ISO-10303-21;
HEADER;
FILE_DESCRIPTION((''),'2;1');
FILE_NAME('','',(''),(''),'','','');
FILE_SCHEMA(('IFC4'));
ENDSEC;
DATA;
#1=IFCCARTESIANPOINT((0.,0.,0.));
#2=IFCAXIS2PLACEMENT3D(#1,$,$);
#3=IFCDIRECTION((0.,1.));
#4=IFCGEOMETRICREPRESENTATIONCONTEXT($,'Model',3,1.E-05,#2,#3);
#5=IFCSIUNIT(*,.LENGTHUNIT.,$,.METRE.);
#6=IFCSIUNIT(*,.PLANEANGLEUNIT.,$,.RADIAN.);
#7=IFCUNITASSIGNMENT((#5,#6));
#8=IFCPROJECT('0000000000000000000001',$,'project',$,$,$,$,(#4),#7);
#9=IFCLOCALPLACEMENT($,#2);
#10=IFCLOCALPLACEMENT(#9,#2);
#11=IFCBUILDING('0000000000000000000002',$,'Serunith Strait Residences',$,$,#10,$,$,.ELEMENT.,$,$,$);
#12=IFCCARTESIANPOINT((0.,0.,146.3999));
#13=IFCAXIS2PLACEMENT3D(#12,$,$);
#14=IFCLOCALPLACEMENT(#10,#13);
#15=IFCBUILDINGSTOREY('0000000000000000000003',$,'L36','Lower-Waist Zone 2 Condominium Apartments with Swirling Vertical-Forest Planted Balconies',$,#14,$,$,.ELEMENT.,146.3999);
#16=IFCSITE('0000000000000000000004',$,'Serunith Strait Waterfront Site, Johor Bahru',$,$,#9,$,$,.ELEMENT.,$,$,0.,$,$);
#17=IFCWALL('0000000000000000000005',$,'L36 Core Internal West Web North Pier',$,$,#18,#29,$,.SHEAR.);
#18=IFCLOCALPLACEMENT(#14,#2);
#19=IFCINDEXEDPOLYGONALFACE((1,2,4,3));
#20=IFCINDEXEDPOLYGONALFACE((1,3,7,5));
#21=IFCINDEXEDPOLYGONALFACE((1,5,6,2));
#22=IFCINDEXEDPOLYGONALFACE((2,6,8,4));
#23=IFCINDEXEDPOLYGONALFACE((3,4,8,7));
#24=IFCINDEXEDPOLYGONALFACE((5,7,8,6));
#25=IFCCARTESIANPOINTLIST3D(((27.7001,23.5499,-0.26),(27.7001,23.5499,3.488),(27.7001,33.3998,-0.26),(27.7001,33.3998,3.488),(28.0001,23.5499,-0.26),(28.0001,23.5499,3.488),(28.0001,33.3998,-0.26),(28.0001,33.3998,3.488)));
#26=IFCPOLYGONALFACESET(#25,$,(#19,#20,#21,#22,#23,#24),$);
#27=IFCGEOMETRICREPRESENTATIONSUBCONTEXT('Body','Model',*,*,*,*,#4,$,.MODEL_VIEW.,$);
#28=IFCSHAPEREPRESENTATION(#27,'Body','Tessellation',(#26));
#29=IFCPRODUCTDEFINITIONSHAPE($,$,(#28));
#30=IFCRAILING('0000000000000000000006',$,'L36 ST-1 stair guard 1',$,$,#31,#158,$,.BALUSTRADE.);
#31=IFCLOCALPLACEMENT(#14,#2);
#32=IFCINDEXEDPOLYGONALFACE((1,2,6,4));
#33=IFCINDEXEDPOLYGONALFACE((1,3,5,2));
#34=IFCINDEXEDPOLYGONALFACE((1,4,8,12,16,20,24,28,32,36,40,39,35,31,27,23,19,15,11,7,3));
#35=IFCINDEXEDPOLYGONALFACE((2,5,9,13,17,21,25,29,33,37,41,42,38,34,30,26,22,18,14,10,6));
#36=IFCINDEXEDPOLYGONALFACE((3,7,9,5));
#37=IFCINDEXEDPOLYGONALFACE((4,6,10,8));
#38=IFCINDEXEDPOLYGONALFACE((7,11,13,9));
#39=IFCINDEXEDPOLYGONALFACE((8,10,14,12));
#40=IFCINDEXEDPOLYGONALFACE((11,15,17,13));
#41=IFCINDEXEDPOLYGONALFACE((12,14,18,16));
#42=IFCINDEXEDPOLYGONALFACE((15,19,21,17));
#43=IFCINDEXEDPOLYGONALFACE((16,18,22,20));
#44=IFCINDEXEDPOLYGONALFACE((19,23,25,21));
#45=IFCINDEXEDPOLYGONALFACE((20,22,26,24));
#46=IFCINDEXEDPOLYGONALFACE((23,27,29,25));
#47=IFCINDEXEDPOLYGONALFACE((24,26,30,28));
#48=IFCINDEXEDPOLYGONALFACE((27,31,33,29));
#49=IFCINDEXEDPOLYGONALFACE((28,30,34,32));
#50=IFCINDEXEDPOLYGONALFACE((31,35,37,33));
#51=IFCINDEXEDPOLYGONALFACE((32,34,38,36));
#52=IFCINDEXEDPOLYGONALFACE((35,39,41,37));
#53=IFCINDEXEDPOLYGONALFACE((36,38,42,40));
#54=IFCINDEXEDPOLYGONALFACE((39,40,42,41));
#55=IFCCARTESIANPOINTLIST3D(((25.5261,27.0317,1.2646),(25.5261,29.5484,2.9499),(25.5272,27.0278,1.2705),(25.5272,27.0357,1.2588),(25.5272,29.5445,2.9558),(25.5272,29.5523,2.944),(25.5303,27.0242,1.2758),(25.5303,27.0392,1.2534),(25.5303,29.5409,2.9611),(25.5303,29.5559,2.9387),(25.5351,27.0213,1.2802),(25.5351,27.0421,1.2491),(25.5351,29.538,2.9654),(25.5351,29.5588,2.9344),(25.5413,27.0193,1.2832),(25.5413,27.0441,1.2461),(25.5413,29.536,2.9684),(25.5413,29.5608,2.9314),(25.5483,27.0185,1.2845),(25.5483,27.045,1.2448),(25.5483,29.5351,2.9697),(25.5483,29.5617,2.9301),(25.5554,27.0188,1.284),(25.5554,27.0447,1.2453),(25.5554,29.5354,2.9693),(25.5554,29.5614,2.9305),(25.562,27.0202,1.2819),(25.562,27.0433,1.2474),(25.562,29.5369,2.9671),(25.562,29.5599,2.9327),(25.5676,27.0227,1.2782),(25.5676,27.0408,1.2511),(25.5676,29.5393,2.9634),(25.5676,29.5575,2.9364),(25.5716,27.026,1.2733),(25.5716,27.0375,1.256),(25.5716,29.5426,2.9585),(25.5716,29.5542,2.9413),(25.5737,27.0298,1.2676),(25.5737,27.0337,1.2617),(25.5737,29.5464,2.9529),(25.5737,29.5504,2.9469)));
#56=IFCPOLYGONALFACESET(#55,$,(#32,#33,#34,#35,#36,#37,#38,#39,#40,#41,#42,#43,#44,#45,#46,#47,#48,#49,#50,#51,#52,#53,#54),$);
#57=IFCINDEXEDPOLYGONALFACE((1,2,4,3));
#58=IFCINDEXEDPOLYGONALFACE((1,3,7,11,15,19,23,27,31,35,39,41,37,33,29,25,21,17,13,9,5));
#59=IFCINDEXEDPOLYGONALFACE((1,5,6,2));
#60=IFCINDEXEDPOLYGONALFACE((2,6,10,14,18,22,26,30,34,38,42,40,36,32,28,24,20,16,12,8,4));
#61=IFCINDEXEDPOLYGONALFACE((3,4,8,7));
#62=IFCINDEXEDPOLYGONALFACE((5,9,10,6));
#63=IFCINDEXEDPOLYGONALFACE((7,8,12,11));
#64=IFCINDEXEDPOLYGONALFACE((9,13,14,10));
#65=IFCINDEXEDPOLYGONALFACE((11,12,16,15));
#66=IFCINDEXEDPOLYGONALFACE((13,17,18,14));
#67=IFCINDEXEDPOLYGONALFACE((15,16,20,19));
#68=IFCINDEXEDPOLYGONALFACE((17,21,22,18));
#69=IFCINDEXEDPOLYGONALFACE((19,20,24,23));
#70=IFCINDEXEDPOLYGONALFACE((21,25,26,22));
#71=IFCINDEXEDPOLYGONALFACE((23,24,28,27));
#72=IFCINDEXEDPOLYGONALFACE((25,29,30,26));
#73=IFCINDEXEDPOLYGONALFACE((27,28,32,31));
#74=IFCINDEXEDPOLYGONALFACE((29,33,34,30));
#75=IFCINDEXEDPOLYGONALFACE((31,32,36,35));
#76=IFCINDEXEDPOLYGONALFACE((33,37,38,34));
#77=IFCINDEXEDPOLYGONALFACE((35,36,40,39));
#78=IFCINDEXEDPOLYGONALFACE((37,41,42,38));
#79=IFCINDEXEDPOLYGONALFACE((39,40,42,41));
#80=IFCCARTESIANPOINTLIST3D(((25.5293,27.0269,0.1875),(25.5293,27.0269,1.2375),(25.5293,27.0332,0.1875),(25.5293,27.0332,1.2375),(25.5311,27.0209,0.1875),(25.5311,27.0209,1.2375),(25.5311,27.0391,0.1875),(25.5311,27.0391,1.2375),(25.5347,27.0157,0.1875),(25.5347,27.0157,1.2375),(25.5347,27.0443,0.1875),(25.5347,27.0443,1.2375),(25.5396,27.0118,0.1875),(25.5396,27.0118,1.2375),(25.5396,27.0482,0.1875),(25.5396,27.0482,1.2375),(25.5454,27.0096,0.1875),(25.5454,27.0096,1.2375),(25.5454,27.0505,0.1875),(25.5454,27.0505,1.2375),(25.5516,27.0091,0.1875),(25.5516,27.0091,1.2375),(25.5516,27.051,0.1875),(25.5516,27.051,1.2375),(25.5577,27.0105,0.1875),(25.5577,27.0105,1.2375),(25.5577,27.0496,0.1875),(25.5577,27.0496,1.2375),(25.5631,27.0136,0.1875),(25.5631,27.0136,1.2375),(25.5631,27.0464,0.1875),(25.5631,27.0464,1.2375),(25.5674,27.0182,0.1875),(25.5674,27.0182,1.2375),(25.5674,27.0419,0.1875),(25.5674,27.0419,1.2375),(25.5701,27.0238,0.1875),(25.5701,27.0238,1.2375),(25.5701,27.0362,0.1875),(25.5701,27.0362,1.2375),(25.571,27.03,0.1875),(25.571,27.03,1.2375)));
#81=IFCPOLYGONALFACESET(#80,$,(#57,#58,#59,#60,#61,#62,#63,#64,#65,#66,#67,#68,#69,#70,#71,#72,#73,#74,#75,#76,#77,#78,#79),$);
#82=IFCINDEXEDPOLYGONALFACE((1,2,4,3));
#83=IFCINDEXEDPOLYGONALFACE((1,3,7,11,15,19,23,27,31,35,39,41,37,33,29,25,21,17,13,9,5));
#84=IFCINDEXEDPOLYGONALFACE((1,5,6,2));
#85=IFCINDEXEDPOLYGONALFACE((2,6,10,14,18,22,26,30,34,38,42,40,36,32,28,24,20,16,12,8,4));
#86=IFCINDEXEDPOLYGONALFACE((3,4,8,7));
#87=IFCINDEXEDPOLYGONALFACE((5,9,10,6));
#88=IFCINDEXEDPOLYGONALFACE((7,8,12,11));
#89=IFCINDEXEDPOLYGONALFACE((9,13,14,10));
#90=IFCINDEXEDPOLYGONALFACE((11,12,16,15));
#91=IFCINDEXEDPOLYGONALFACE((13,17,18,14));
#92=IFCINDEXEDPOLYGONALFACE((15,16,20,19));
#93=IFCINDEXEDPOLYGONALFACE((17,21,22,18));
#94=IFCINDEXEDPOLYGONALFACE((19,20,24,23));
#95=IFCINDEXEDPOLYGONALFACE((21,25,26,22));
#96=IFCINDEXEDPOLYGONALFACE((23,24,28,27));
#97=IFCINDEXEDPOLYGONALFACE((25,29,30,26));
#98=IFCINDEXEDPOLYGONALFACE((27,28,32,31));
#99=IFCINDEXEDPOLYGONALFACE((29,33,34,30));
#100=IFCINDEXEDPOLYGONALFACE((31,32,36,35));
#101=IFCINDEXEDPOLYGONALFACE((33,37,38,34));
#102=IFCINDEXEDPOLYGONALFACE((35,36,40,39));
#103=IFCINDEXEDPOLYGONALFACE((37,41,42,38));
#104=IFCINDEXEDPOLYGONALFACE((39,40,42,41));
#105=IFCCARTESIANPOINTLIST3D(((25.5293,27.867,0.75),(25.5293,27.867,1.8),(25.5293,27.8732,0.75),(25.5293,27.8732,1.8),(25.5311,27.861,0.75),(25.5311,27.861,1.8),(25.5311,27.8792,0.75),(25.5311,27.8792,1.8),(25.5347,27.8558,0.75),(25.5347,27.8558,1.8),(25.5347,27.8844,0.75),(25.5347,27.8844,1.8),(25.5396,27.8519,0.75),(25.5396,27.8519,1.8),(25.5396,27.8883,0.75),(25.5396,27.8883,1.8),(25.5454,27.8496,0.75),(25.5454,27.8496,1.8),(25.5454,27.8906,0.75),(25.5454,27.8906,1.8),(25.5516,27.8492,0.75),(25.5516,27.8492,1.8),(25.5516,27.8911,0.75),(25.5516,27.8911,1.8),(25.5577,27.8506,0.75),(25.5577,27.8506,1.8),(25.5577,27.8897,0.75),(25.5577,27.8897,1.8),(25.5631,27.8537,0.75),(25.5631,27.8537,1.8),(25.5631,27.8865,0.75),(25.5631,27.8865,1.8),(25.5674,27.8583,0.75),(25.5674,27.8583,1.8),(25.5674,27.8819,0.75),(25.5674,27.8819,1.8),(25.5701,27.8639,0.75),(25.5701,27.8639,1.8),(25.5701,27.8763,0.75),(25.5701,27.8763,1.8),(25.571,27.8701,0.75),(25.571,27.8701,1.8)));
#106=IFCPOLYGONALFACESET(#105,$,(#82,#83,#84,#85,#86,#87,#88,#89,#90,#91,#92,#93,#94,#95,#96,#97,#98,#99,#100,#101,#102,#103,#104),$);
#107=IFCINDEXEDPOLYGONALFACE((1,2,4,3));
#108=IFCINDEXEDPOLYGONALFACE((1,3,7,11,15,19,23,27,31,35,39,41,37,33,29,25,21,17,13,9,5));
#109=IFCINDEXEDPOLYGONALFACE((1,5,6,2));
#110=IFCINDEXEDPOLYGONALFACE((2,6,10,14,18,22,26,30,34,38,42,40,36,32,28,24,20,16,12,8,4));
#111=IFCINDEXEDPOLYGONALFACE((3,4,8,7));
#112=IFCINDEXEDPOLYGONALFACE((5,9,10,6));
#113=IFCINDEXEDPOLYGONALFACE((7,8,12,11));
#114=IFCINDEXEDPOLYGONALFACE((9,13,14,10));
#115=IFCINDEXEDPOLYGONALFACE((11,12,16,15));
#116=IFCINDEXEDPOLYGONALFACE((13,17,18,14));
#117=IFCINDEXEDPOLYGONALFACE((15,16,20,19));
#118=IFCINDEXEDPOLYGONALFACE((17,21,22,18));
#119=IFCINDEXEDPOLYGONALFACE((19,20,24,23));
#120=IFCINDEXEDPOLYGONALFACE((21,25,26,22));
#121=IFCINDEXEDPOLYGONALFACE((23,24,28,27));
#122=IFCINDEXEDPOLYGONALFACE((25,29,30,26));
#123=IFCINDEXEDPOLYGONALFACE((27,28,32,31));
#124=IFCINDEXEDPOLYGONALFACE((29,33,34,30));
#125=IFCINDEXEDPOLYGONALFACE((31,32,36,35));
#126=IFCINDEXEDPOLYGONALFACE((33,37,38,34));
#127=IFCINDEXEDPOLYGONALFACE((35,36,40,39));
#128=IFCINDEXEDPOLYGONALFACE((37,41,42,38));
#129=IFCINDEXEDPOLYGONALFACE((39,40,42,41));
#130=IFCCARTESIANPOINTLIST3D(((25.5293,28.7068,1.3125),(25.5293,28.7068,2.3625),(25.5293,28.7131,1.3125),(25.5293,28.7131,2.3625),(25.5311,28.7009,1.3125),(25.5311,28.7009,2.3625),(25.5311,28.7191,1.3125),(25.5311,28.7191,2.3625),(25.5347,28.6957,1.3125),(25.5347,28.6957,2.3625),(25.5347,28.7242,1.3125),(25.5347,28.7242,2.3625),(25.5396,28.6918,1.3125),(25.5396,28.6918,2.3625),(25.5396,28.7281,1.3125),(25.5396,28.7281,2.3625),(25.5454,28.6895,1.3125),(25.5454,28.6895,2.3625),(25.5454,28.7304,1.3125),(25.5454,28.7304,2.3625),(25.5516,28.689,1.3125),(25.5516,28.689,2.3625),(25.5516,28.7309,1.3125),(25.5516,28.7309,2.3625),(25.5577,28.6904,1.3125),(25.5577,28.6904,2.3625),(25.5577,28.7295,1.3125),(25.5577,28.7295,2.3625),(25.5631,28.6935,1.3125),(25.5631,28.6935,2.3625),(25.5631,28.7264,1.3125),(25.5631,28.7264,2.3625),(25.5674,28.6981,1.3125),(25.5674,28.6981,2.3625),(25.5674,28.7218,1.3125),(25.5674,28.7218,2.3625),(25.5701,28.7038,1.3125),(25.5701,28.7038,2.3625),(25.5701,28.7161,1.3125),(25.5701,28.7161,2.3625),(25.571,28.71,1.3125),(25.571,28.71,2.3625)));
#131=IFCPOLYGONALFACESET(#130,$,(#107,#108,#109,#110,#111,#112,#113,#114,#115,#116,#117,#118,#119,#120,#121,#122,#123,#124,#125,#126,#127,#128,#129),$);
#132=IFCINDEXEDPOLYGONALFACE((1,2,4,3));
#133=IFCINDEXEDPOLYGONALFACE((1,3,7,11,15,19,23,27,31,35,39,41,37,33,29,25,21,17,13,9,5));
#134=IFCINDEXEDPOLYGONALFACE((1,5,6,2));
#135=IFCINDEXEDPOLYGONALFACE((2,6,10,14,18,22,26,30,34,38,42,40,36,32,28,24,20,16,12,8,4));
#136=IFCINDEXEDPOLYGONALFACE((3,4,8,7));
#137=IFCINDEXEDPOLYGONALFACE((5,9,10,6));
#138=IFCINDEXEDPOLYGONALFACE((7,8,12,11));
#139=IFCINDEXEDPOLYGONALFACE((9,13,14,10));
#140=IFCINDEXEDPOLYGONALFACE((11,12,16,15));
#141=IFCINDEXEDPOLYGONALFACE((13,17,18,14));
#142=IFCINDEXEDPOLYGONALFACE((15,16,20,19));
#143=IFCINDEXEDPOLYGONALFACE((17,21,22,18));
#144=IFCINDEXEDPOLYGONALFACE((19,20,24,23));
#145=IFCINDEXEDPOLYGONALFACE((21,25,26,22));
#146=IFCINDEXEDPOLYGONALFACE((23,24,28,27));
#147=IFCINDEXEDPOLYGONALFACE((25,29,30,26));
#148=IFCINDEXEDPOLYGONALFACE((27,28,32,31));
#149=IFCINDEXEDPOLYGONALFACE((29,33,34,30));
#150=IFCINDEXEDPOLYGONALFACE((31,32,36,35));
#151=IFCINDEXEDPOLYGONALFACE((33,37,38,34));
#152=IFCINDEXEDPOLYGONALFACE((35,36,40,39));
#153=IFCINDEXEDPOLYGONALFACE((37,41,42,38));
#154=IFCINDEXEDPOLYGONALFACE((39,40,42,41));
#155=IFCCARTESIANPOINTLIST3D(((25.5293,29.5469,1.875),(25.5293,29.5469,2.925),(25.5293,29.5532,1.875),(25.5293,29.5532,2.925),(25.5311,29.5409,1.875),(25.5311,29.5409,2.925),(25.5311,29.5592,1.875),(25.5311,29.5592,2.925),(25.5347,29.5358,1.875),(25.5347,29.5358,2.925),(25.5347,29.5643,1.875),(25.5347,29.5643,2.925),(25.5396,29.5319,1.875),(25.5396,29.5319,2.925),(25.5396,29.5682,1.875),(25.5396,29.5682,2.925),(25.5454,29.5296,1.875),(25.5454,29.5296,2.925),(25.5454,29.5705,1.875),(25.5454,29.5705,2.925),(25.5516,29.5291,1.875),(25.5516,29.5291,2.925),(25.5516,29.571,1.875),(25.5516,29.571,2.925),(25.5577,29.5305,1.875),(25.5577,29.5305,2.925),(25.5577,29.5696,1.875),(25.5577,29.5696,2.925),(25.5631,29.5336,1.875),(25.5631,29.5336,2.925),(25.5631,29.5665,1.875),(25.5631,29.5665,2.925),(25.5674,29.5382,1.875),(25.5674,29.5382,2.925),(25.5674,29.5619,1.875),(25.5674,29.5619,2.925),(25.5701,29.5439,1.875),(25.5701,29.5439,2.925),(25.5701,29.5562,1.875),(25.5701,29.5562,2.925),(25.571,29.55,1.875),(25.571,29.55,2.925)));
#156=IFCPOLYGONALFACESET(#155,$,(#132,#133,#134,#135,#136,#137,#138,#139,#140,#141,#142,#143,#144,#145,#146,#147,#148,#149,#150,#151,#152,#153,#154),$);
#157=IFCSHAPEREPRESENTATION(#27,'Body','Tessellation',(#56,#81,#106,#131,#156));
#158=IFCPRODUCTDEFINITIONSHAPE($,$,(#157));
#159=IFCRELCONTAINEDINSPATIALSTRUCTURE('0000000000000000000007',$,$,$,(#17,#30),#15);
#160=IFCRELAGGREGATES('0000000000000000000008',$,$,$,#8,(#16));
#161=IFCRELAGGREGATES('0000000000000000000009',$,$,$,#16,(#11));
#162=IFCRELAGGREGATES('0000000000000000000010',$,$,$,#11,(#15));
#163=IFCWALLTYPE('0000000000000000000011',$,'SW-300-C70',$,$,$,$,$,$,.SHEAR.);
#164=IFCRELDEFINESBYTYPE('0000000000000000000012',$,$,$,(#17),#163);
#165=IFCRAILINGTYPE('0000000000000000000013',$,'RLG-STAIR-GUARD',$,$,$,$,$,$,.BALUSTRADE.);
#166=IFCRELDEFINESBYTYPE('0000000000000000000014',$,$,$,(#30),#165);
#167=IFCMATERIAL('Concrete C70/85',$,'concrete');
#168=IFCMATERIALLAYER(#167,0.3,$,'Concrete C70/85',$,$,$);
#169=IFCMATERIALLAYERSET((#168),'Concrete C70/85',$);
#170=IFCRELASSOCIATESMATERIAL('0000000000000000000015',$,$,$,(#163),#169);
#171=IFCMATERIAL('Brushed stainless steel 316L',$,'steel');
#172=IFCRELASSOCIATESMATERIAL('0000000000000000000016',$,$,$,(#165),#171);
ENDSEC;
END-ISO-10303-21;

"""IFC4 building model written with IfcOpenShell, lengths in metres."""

from ifc_helpers import new_model, si_unit, direction, frame, frame_2d, origin, origin_2d, place, context, subcontext, project, spatial, rectangle, circle, extrude, material, layer, layer_set, type_object, element, save


model = new_model("IFC4")

# Units and contexts
model_context = context("Model", 3, precision=1e-05, world=origin(), true_north=direction((0.0, 1.0)))
body_context = subcontext(model_context, "Body", "Model", "MODEL_VIEW")
ifc_project = project(units=[si_unit("LENGTHUNIT", "METRE"), si_unit("PLANEANGLEUNIT", "RADIAN")], contexts=[model_context])

# Site, building, storey
site_placement = place(None, origin())
site = spatial("IfcSite", under=ifc_project, at=site_placement, Name="Serunith Strait Waterfront Site, Johor Bahru", CompositionType="ELEMENT", RefElevation=0.0)
building_placement = place(site_placement, origin())
building = spatial("IfcBuilding", under=site, at=building_placement, Name="Serunith Strait Residences", CompositionType="ELEMENT")
storey_placement = place(building_placement, frame((0.0, 0.0, 146.3999)))
storey = spatial("IfcBuildingStorey", under=building, at=storey_placement, Name="L36", Description="Lower-Waist Zone 2 Condominium Apartments with Swirling Vertical-Forest Planted Balconies", CompositionType="ELEMENT", Elevation=146.3999)

# Wall
ifc_material_1 = material(Name="Concrete C70/85", Category="concrete")
ifc_layer_1 = layer(ifc_material_1, 0.3, Name="Concrete C70/85")
ifc_layer_set_1 = layer_set([ifc_layer_1], Name="Concrete C70/85")
wall_type_1 = type_object("IfcWallType", Name="SW-300-C70", PredefinedType="SHEAR", material=ifc_layer_set_1)
wall_1_placement = place(storey_placement, frame((27.8501, 23.55, -0.26), z_axis=(0.0, 0.0, 1.0), x_axis=(0.0, 1.0, 0.0)))
element("IfcWall", 1, at=wall_1_placement, inside=storey, type_object=wall_type_1, Name="L36 Core Internal West Web North Pier", PredefinedType="SHEAR", context=body_context, shape_type="SweptSolid", body=[
    extrude(rectangle(XDim=9.8499, YDim=0.3, at=frame_2d((4.9248, 0.0))), origin(), (0.0, 0.0, 1.0), 3.748),
])

# Railing
ifc_material_2 = material(Name="Brushed stainless steel 316L", Category="steel")
railing_type_1 = type_object("IfcRailingType", Name="RLG-STAIR-GUARD", PredefinedType="BALUSTRADE", material=ifc_material_2)
railing_1_placement = place(storey_placement, frame((25.55, 27.03, 0.1875)))
element("IfcRailing", 2, at=railing_1_placement, inside=storey, type_object=railing_type_1, Name="L36 ST-1 stair guard 1", PredefinedType="BALUSTRADE", context=body_context, shape_type="SweptSolid", body=[
    extrude(circle(Radius=0.0239, at=origin_2d()), frame((0.0, 0.0017, 1.0771), z_axis=(0.0, 0.830909, 0.556408), x_axis=(-1.0, 0.0, 0.0)), (0.0, 0.0, 1.0), 3.0288),
    extrude(circle(Radius=0.021, at=origin_2d()), origin(), (0.0, 0.0, 1.0), 1.05),
    extrude(circle(Radius=0.021, at=origin_2d()), frame((0.0, 0.8401, 0.5625)), (0.0, 0.0, 1.0), 1.05),
    extrude(circle(Radius=0.021, at=origin_2d()), frame((0.0, 1.6799, 1.125)), (0.0, 0.0, 1.0), 1.05),
    extrude(circle(Radius=0.021, at=origin_2d()), frame((0.0, 2.52, 1.6875)), (0.0, 0.0, 1.0), 1.05),
])

save(model, "model.ifc")
